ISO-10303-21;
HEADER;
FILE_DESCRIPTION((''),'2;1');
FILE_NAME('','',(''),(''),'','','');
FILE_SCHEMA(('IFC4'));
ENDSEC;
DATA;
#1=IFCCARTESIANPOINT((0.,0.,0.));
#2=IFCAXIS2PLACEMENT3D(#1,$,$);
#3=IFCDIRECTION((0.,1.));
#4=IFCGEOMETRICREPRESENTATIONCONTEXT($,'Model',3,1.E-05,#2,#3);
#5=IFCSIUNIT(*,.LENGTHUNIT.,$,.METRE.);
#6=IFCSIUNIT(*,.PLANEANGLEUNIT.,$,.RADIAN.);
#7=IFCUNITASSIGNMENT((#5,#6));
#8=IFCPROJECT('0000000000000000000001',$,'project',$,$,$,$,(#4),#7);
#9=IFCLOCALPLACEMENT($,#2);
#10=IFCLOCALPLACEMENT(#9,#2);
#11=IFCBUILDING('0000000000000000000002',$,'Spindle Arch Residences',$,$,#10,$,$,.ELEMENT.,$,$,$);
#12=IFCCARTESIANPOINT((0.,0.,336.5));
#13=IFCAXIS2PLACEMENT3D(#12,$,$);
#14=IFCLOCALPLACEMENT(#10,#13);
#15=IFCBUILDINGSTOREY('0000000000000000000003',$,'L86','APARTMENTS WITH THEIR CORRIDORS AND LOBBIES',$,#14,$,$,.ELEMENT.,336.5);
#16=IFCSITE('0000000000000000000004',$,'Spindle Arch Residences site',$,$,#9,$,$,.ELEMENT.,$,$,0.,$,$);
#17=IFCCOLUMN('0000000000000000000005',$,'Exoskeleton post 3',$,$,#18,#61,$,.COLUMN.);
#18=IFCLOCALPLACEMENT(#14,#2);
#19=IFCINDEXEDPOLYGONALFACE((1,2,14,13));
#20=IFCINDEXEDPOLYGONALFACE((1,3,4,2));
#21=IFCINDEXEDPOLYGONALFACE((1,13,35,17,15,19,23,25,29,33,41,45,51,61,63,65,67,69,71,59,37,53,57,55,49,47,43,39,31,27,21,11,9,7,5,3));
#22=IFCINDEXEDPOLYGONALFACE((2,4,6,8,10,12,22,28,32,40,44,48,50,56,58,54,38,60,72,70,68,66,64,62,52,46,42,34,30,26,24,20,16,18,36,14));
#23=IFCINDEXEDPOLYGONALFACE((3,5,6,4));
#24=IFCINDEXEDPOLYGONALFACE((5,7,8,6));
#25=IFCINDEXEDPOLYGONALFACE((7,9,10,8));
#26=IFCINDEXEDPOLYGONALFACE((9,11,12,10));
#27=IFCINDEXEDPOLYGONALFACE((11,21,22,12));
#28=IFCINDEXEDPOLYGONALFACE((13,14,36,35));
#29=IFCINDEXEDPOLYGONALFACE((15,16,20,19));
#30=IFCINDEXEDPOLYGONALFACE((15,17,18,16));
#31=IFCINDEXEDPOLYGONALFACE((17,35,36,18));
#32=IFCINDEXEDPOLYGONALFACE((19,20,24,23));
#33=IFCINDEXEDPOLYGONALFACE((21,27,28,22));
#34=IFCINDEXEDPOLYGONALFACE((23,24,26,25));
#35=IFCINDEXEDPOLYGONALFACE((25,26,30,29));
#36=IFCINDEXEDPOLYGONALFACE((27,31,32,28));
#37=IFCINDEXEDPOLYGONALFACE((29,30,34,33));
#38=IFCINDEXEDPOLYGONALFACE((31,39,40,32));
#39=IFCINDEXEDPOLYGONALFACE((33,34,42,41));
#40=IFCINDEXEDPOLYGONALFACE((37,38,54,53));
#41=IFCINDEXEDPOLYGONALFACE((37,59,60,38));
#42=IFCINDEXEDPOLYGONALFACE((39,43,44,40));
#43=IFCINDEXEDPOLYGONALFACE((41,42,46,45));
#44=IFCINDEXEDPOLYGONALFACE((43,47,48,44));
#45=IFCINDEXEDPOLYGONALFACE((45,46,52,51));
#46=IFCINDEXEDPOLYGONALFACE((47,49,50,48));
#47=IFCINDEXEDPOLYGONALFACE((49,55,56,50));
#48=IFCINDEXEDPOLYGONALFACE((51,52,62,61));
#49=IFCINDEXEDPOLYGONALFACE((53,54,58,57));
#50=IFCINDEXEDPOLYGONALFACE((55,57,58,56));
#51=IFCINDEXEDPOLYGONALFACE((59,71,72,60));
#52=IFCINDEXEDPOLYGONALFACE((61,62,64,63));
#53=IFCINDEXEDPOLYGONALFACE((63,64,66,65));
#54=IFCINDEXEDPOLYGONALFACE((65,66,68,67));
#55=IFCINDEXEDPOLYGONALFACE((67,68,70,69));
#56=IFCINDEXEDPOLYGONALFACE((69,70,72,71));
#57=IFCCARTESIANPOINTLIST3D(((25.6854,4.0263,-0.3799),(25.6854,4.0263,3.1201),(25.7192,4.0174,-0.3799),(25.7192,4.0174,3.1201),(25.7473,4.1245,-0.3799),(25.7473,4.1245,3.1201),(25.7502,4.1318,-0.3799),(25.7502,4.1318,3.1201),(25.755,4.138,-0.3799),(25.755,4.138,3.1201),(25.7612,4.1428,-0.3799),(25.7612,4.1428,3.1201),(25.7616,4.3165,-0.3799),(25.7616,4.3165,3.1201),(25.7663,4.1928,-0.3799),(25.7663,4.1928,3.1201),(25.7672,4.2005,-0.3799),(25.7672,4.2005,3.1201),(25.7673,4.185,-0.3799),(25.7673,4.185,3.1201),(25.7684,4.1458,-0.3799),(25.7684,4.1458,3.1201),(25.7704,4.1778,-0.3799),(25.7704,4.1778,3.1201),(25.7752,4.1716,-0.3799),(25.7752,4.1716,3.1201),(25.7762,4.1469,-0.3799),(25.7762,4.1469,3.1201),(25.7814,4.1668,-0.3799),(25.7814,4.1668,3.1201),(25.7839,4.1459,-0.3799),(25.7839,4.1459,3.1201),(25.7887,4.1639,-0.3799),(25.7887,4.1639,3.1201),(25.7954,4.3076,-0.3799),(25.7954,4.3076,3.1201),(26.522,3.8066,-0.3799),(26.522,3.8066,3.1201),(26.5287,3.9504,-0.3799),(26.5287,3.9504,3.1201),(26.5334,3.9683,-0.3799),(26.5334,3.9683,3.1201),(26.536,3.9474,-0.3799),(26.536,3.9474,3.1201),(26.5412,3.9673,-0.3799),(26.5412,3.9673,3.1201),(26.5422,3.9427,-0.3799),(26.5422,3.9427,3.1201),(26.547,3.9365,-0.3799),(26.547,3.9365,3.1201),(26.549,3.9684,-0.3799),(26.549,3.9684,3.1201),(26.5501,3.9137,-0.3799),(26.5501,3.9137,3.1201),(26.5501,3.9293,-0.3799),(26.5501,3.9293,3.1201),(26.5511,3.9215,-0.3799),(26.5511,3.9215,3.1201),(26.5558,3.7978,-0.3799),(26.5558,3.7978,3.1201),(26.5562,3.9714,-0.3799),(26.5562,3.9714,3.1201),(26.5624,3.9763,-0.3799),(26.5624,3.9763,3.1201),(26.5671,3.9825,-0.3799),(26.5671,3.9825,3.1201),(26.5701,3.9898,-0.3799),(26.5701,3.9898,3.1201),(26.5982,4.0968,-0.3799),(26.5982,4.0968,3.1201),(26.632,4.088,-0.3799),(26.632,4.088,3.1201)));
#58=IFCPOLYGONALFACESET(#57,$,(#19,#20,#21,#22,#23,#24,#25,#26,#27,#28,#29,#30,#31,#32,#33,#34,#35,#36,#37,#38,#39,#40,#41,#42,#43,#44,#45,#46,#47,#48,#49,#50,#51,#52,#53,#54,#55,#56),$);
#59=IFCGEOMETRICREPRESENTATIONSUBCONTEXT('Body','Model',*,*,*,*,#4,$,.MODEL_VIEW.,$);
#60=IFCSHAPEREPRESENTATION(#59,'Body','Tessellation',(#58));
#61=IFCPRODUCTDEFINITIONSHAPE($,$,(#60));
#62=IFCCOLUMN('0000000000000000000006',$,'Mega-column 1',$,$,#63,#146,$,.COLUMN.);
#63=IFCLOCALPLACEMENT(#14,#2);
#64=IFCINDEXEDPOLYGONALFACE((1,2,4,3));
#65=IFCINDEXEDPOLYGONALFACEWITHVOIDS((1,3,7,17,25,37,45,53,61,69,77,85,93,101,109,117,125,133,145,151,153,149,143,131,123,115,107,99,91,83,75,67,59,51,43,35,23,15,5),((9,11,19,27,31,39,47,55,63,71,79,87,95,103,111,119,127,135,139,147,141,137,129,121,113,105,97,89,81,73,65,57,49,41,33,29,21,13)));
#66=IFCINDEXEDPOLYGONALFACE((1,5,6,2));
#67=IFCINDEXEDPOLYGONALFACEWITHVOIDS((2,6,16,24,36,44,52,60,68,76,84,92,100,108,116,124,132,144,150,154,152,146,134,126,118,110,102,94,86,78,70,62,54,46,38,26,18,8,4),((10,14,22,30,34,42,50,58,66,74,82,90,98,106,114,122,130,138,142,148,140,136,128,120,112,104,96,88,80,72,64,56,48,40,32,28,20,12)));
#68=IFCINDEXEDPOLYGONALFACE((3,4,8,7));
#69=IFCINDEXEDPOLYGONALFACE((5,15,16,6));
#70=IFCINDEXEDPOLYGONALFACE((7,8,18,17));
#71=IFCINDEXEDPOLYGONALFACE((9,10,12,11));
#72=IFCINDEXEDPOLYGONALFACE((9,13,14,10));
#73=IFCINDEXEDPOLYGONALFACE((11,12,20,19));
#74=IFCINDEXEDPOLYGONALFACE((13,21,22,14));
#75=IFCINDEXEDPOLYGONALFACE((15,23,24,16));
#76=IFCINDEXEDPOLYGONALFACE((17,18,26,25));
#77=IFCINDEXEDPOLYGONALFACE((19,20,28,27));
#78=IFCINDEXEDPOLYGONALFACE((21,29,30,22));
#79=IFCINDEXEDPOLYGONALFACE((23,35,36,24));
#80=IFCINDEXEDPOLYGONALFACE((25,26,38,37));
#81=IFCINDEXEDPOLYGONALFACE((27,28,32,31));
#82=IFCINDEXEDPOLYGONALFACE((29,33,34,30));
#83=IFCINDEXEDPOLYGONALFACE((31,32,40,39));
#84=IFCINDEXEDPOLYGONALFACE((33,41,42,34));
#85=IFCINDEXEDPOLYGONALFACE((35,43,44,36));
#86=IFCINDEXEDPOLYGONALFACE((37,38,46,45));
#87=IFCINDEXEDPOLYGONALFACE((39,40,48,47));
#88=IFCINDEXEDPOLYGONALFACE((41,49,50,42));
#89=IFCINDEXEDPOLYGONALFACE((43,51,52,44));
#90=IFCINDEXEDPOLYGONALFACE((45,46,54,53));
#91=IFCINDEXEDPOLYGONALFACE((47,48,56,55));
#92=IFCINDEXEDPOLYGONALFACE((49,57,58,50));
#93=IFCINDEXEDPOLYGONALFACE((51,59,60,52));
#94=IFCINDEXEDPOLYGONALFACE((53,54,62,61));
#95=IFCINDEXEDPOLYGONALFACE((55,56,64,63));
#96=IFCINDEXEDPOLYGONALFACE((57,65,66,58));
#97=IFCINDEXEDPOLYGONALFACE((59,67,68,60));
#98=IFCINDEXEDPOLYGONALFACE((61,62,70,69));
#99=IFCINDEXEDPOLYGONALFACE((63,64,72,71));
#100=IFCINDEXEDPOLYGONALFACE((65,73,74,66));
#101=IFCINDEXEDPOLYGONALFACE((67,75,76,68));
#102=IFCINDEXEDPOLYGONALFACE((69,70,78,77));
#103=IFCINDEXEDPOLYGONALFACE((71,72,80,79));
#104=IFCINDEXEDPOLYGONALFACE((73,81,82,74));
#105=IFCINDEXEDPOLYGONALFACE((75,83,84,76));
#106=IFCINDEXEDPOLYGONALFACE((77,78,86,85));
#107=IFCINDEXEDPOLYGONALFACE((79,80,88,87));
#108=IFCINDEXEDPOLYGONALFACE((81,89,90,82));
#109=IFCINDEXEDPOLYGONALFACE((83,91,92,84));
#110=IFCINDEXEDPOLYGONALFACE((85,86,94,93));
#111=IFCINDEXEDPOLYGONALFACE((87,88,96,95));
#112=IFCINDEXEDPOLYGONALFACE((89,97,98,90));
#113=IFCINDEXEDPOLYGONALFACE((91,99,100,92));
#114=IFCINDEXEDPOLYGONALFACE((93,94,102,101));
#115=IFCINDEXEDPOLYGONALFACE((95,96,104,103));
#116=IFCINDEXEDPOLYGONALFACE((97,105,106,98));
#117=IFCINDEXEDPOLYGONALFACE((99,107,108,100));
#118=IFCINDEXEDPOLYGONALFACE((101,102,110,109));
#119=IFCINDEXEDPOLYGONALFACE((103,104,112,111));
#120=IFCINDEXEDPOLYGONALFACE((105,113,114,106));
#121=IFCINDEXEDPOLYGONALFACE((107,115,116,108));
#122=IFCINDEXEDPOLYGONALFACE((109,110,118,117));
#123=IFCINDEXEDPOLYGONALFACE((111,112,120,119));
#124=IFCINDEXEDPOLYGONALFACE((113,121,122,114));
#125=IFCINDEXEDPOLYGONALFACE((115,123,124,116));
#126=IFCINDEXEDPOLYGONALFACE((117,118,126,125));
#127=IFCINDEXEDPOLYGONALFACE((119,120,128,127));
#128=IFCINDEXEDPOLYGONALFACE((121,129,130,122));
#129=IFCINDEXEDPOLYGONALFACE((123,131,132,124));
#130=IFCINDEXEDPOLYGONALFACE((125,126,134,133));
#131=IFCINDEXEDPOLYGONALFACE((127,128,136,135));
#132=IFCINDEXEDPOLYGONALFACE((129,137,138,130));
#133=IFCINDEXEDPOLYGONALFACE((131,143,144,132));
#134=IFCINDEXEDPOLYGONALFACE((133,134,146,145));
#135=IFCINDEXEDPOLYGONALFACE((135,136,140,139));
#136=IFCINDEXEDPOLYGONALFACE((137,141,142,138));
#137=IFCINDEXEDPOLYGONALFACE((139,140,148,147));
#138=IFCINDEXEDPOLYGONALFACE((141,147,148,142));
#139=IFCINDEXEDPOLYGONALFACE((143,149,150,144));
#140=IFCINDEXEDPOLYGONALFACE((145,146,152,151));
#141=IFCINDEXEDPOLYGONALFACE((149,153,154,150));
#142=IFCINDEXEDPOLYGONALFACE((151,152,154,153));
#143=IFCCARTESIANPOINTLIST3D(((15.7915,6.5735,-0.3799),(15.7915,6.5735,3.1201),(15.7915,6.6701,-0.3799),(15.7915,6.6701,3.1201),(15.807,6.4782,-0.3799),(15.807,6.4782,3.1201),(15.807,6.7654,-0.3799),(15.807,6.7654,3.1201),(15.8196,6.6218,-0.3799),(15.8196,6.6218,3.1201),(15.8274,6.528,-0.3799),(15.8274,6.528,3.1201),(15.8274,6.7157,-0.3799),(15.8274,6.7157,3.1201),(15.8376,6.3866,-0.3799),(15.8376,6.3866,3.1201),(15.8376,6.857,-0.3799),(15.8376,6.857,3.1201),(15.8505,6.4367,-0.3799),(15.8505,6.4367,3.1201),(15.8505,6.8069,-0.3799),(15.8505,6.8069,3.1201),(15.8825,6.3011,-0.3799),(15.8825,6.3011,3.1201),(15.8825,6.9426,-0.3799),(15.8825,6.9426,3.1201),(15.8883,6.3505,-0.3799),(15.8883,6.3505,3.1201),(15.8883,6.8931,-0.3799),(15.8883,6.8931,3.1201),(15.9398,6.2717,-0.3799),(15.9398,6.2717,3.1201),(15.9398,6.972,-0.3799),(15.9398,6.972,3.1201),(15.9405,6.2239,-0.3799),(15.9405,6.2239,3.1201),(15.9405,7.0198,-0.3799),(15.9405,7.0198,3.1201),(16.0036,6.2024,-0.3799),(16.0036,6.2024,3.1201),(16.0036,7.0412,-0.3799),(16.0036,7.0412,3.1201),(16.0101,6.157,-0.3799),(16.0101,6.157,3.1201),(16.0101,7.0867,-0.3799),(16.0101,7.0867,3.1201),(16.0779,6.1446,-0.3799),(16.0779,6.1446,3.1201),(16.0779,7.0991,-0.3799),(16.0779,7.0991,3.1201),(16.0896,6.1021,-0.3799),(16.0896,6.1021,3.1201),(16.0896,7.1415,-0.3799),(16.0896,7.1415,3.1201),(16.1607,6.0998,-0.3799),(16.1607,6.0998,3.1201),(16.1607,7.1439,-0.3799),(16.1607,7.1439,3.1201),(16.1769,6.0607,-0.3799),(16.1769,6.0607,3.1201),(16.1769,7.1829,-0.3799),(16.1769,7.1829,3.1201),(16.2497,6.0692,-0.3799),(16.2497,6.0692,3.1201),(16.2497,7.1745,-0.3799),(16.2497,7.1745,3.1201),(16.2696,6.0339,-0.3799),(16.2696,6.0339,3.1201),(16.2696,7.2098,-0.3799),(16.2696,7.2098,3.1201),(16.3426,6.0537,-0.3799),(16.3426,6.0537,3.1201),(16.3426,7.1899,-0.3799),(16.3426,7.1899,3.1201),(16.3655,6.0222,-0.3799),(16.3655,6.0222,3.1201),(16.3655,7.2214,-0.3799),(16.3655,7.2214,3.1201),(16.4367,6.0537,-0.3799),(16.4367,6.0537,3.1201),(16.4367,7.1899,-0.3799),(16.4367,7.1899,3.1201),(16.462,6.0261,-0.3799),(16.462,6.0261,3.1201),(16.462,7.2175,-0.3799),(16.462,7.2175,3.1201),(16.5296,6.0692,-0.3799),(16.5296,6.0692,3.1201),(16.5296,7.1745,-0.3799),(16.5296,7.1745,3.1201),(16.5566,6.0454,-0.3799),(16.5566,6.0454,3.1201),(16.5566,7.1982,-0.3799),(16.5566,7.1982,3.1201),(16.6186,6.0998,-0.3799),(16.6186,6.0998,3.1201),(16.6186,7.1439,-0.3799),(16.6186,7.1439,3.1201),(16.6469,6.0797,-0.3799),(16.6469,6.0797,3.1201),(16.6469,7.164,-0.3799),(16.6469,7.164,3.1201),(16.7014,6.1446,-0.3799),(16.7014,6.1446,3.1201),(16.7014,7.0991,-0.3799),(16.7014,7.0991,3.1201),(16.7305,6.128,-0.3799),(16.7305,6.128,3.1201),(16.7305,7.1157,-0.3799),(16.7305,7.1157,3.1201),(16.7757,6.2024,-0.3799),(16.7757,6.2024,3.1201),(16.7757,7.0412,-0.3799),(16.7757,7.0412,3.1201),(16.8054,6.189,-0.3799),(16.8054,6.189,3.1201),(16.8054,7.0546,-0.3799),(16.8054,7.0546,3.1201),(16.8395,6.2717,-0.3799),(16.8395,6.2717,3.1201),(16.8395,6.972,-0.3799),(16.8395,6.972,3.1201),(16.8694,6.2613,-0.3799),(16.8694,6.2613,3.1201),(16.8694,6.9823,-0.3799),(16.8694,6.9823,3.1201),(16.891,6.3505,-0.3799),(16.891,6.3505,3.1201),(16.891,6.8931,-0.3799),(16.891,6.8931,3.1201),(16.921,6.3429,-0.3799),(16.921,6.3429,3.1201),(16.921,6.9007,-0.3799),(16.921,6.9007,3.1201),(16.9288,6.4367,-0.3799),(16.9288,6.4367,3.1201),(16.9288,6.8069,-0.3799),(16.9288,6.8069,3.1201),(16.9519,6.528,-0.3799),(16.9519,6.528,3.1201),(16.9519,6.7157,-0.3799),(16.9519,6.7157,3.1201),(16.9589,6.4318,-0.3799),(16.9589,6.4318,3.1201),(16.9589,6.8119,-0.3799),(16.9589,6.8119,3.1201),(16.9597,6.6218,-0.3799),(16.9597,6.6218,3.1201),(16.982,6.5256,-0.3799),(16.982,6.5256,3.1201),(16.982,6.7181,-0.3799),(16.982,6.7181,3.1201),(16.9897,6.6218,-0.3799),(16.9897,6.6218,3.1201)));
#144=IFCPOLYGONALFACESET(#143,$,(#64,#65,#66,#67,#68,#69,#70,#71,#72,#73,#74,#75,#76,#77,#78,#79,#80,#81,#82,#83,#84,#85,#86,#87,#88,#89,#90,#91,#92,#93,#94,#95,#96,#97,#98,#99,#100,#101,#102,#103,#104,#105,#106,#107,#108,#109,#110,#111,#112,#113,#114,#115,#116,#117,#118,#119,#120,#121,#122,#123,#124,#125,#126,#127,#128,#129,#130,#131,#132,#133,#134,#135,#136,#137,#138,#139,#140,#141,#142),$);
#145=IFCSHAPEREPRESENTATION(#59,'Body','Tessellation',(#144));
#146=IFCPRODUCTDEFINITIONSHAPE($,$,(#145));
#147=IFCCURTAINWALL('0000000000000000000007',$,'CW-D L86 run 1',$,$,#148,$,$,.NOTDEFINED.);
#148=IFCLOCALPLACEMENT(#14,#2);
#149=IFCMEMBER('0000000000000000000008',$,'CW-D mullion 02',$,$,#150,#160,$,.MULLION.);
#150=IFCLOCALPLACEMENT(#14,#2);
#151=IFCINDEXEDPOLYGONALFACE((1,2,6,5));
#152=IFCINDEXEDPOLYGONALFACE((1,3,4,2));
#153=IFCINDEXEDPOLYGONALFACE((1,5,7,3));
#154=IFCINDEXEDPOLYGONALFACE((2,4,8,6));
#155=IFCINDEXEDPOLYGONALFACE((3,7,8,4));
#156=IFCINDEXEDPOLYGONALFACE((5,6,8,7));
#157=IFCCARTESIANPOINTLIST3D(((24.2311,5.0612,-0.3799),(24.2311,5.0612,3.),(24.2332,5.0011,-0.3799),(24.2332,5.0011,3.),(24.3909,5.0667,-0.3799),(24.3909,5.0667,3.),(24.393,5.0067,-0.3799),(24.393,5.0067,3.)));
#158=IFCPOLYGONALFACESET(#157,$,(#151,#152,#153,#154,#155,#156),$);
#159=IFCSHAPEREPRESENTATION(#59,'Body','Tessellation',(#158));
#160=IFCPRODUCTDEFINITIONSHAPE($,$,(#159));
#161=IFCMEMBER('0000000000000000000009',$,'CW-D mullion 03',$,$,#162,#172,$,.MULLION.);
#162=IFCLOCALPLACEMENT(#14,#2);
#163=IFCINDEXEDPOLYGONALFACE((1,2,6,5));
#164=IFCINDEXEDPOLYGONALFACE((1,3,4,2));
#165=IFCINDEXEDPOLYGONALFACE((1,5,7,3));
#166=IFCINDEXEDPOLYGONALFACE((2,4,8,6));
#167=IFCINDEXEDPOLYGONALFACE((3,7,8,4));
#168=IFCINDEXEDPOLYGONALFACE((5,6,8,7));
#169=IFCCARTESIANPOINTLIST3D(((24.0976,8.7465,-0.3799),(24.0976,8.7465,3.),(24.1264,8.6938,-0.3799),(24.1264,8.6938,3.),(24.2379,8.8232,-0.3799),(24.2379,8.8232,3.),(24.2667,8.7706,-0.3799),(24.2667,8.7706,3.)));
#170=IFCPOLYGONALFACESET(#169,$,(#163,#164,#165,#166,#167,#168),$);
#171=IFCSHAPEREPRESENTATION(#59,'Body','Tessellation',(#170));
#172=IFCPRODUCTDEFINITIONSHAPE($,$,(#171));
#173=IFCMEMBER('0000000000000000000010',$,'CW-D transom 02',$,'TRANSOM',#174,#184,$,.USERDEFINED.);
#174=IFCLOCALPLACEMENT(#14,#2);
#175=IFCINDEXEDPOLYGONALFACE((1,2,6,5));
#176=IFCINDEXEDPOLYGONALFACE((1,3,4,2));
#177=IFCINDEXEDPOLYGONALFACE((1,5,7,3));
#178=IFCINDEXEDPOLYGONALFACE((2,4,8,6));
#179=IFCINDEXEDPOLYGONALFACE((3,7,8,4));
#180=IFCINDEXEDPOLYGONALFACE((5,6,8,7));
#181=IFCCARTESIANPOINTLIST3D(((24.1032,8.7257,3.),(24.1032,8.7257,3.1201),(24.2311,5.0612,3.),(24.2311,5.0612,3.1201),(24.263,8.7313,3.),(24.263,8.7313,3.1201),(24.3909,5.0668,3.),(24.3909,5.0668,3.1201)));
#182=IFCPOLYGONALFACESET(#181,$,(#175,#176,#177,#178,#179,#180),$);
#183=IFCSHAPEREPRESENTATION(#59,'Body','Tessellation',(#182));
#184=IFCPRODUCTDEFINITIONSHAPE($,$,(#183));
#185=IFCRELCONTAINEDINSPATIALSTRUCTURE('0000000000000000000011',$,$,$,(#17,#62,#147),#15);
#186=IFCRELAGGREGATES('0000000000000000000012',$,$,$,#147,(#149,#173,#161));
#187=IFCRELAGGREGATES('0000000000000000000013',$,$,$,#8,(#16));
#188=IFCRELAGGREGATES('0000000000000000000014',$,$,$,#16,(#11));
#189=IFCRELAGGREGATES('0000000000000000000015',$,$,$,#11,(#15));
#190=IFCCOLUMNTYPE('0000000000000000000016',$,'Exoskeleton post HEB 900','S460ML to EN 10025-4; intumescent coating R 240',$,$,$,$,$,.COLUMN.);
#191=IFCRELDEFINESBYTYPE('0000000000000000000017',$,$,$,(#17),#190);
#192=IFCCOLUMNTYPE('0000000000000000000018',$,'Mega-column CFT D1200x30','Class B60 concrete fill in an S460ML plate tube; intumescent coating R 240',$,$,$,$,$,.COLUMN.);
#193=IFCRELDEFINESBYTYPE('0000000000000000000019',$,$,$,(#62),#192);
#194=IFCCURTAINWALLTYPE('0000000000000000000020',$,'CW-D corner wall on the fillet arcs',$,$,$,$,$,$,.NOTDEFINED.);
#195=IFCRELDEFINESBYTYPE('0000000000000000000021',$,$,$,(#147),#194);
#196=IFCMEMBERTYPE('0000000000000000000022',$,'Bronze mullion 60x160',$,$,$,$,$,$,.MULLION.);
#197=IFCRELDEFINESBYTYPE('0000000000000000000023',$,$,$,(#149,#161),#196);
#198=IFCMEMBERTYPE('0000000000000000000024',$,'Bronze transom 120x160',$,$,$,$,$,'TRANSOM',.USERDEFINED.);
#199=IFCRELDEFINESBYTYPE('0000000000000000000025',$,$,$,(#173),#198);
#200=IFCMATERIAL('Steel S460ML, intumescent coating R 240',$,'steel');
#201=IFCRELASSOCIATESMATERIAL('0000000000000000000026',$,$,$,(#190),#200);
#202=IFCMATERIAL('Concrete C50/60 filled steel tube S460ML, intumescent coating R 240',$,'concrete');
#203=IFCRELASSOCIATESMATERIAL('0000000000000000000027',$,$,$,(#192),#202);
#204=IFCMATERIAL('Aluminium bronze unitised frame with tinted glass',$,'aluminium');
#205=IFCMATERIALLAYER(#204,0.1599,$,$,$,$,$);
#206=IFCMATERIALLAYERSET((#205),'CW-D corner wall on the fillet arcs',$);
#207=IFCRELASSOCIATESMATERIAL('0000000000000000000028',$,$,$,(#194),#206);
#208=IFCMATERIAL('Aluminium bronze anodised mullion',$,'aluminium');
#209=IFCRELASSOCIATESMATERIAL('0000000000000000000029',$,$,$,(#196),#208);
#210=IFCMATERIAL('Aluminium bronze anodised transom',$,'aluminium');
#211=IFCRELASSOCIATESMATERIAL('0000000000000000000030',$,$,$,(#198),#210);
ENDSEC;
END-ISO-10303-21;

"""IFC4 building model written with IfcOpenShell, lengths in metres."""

from ifc_helpers import new_model, si_unit, direction, frame, origin, origin_2d, place, context, subcontext, project, spatial, rectangle, hollow_circle, i_section, extrude, material, layer, layer_set, material_profile, profile_set, type_object, element, aggregate, save


model = new_model("IFC4")

# Units and contexts
model_context = context("Model", 3, precision=1e-05, world=origin(), true_north=direction((0.0, 1.0)))
body_context = subcontext(model_context, "Body", "Model", "MODEL_VIEW")
ifc_project = project(units=[si_unit("LENGTHUNIT", "METRE"), si_unit("PLANEANGLEUNIT", "RADIAN")], contexts=[model_context])

# Site, building, storey
site_placement = place(None, origin())
site = spatial("IfcSite", under=ifc_project, at=site_placement, Name="Spindle Arch Residences site", CompositionType="ELEMENT", RefElevation=0.0)
building_placement = place(site_placement, origin())
building = spatial("IfcBuilding", under=site, at=building_placement, Name="Spindle Arch Residences", CompositionType="ELEMENT")
storey_placement = place(building_placement, frame((0.0, 0.0, 336.5)))
storey = spatial("IfcBuildingStorey", under=building, at=storey_placement, Name="L86", Description="APARTMENTS WITH THEIR CORRIDORS AND LOBBIES", CompositionType="ELEMENT", Elevation=336.5)

# Columns
ifc_material_1 = material(Name="Steel S460ML, intumescent coating R 240", Category="steel")
ifc_material_profile_1 = material_profile(ifc_material_1, i_section(OverallWidth=0.3, OverallDepth=0.8999, WebThickness=0.0186, FlangeThickness=0.0349, FilletRadius=0.03, at=origin_2d()), Name="HEB 900")
ifc_profile_set_1 = profile_set([ifc_material_profile_1], Name="Steel S460ML, intumescent coating R 240")
column_type_1 = type_object("IfcColumnType", Name="Exoskeleton post HEB 900", Description="S460ML to EN 10025-4; intumescent coating R 240", PredefinedType="COLUMN", material=ifc_profile_set_1)
column_1_placement = place(storey_placement, frame((26.1587, 4.0571, -0.3799), z_axis=(0.0, 0.0, 1.0), x_axis=(-0.253941, -0.96722, 0.0)))
element("IfcColumn", 1, at=column_1_placement, inside=storey, type_object=column_type_1, Name="Exoskeleton post 3", PredefinedType="COLUMN", context=body_context, shape_type="SweptSolid", body=[
    extrude(i_section(OverallWidth=0.3, OverallDepth=0.8999, WebThickness=0.0186, FlangeThickness=0.0349, FilletRadius=0.03, at=origin_2d()), origin(), (0.0, 0.0, 1.0), 3.5),
])
ifc_material_2 = material(Name="Concrete C50/60 filled steel tube S460ML, intumescent coating R 240", Category="concrete")
ifc_material_profile_2 = material_profile(ifc_material_2, hollow_circle(Radius=0.6001, WallThickness=0.03, at=origin_2d()), Name="CFT D1200x30")
ifc_profile_set_2 = profile_set([ifc_material_profile_2], Name="Concrete C50/60 filled steel tube S460ML, intumescent coating R 240")
column_type_2 = type_object("IfcColumnType", Name="Mega-column CFT D1200x30", Description="Class B60 concrete fill in an S460ML plate tube; intumescent coating R 240", PredefinedType="COLUMN", material=ifc_profile_set_2)
column_2_placement = place(storey_placement, frame((16.3896, 6.6218, -0.3799), z_axis=(0.0, 0.0, 1.0), x_axis=(1.0, 0.0, 0.0)))
element("IfcColumn", 2, at=column_2_placement, inside=storey, type_object=column_type_2, Name="Mega-column 1", PredefinedType="COLUMN", context=body_context, shape_type="SweptSolid", body=[
    extrude(hollow_circle(Radius=0.6001, WallThickness=0.03, at=origin_2d()), origin(), (0.0, 0.0, 1.0), 3.5),
])

# Curtain wall, members
ifc_material_3 = material(Name="Aluminium bronze unitised frame with tinted glass", Category="aluminium")
ifc_layer_1 = layer(ifc_material_3, 0.1599)
ifc_layer_set_1 = layer_set([ifc_layer_1], Name="CW-D corner wall on the fillet arcs")
curtain_wall_type = type_object("IfcCurtainWallType", Name="CW-D corner wall on the fillet arcs", PredefinedType="NOTDEFINED", material=ifc_layer_set_1)
curtain_wall_placement = place(storey_placement, origin())
curtain_wall = element("IfcCurtainWall", 3, at=curtain_wall_placement, inside=storey, type_object=curtain_wall_type, Name="CW-D L86 run 1", PredefinedType="NOTDEFINED")
ifc_material_4 = material(Name="Aluminium bronze anodised mullion", Category="aluminium")
ifc_material_profile_3 = material_profile(ifc_material_4, rectangle(XDim=0.1599, YDim=0.0601, at=origin_2d()), Name="MU 60x160")
ifc_profile_set_3 = profile_set([ifc_material_profile_3], Name="Aluminium bronze anodised mullion")
member_type_1 = type_object("IfcMemberType", Name="Bronze mullion 60x160", PredefinedType="MULLION", material=ifc_profile_set_3)
member_1_placement = place(storey_placement, frame((24.312, 5.0339, -0.3799), z_axis=(0.0, 0.0, 1.0), x_axis=(-0.999391, -0.034899, 0.0)))
member_1 = element("IfcMember", 4, at=member_1_placement, type_object=member_type_1, Name="CW-D mullion 02", PredefinedType="MULLION", context=body_context, shape_type="SweptSolid", body=[
    extrude(rectangle(XDim=0.1599, YDim=0.0601, at=origin_2d()), origin(), (0.0, 0.0, 1.0), 3.3799),
])
member_2_placement = place(storey_placement, frame((24.1821, 8.7585, -0.3799), z_axis=(0.0, 0.0, 1.0), x_axis=(-0.877425, -0.479713, 0.0)))
member_2 = element("IfcMember", 5, at=member_2_placement, type_object=member_type_1, Name="CW-D mullion 03", PredefinedType="MULLION", context=body_context, shape_type="SweptSolid", body=[
    extrude(rectangle(XDim=0.1599, YDim=0.0601, at=origin_2d()), origin(), (0.0, 0.0, 1.0), 3.3799),
])
ifc_material_5 = material(Name="Aluminium bronze anodised transom", Category="aluminium")
ifc_material_profile_4 = material_profile(ifc_material_5, rectangle(XDim=0.1599, YDim=0.1201, at=origin_2d()), Name="TR 120x160")
ifc_profile_set_4 = profile_set([ifc_material_profile_4], Name="Aluminium bronze anodised transom")
member_type_2 = type_object("IfcMemberType", Name="Bronze transom 120x160", ElementType="TRANSOM", PredefinedType="USERDEFINED", material=ifc_profile_set_4)
member_3_placement = place(storey_placement, frame((24.311, 5.064, 3.0601), z_axis=(-0.034889, 0.999391, 0.0), x_axis=(-0.999391, -0.034889, 0.0)))
member_3 = element("IfcMember", 6, at=member_3_placement, type_object=member_type_2, Name="CW-D transom 02", ObjectType="TRANSOM", PredefinedType="USERDEFINED", context=body_context, shape_type="SweptSolid", body=[
    extrude(rectangle(XDim=0.1599, YDim=0.1201, at=origin_2d()), origin(), (0.0, 0.0, 1.0), 3.6667),
])

aggregate(curtain_wall, [member_1, member_3, member_2])

save(model, "model.ifc")
